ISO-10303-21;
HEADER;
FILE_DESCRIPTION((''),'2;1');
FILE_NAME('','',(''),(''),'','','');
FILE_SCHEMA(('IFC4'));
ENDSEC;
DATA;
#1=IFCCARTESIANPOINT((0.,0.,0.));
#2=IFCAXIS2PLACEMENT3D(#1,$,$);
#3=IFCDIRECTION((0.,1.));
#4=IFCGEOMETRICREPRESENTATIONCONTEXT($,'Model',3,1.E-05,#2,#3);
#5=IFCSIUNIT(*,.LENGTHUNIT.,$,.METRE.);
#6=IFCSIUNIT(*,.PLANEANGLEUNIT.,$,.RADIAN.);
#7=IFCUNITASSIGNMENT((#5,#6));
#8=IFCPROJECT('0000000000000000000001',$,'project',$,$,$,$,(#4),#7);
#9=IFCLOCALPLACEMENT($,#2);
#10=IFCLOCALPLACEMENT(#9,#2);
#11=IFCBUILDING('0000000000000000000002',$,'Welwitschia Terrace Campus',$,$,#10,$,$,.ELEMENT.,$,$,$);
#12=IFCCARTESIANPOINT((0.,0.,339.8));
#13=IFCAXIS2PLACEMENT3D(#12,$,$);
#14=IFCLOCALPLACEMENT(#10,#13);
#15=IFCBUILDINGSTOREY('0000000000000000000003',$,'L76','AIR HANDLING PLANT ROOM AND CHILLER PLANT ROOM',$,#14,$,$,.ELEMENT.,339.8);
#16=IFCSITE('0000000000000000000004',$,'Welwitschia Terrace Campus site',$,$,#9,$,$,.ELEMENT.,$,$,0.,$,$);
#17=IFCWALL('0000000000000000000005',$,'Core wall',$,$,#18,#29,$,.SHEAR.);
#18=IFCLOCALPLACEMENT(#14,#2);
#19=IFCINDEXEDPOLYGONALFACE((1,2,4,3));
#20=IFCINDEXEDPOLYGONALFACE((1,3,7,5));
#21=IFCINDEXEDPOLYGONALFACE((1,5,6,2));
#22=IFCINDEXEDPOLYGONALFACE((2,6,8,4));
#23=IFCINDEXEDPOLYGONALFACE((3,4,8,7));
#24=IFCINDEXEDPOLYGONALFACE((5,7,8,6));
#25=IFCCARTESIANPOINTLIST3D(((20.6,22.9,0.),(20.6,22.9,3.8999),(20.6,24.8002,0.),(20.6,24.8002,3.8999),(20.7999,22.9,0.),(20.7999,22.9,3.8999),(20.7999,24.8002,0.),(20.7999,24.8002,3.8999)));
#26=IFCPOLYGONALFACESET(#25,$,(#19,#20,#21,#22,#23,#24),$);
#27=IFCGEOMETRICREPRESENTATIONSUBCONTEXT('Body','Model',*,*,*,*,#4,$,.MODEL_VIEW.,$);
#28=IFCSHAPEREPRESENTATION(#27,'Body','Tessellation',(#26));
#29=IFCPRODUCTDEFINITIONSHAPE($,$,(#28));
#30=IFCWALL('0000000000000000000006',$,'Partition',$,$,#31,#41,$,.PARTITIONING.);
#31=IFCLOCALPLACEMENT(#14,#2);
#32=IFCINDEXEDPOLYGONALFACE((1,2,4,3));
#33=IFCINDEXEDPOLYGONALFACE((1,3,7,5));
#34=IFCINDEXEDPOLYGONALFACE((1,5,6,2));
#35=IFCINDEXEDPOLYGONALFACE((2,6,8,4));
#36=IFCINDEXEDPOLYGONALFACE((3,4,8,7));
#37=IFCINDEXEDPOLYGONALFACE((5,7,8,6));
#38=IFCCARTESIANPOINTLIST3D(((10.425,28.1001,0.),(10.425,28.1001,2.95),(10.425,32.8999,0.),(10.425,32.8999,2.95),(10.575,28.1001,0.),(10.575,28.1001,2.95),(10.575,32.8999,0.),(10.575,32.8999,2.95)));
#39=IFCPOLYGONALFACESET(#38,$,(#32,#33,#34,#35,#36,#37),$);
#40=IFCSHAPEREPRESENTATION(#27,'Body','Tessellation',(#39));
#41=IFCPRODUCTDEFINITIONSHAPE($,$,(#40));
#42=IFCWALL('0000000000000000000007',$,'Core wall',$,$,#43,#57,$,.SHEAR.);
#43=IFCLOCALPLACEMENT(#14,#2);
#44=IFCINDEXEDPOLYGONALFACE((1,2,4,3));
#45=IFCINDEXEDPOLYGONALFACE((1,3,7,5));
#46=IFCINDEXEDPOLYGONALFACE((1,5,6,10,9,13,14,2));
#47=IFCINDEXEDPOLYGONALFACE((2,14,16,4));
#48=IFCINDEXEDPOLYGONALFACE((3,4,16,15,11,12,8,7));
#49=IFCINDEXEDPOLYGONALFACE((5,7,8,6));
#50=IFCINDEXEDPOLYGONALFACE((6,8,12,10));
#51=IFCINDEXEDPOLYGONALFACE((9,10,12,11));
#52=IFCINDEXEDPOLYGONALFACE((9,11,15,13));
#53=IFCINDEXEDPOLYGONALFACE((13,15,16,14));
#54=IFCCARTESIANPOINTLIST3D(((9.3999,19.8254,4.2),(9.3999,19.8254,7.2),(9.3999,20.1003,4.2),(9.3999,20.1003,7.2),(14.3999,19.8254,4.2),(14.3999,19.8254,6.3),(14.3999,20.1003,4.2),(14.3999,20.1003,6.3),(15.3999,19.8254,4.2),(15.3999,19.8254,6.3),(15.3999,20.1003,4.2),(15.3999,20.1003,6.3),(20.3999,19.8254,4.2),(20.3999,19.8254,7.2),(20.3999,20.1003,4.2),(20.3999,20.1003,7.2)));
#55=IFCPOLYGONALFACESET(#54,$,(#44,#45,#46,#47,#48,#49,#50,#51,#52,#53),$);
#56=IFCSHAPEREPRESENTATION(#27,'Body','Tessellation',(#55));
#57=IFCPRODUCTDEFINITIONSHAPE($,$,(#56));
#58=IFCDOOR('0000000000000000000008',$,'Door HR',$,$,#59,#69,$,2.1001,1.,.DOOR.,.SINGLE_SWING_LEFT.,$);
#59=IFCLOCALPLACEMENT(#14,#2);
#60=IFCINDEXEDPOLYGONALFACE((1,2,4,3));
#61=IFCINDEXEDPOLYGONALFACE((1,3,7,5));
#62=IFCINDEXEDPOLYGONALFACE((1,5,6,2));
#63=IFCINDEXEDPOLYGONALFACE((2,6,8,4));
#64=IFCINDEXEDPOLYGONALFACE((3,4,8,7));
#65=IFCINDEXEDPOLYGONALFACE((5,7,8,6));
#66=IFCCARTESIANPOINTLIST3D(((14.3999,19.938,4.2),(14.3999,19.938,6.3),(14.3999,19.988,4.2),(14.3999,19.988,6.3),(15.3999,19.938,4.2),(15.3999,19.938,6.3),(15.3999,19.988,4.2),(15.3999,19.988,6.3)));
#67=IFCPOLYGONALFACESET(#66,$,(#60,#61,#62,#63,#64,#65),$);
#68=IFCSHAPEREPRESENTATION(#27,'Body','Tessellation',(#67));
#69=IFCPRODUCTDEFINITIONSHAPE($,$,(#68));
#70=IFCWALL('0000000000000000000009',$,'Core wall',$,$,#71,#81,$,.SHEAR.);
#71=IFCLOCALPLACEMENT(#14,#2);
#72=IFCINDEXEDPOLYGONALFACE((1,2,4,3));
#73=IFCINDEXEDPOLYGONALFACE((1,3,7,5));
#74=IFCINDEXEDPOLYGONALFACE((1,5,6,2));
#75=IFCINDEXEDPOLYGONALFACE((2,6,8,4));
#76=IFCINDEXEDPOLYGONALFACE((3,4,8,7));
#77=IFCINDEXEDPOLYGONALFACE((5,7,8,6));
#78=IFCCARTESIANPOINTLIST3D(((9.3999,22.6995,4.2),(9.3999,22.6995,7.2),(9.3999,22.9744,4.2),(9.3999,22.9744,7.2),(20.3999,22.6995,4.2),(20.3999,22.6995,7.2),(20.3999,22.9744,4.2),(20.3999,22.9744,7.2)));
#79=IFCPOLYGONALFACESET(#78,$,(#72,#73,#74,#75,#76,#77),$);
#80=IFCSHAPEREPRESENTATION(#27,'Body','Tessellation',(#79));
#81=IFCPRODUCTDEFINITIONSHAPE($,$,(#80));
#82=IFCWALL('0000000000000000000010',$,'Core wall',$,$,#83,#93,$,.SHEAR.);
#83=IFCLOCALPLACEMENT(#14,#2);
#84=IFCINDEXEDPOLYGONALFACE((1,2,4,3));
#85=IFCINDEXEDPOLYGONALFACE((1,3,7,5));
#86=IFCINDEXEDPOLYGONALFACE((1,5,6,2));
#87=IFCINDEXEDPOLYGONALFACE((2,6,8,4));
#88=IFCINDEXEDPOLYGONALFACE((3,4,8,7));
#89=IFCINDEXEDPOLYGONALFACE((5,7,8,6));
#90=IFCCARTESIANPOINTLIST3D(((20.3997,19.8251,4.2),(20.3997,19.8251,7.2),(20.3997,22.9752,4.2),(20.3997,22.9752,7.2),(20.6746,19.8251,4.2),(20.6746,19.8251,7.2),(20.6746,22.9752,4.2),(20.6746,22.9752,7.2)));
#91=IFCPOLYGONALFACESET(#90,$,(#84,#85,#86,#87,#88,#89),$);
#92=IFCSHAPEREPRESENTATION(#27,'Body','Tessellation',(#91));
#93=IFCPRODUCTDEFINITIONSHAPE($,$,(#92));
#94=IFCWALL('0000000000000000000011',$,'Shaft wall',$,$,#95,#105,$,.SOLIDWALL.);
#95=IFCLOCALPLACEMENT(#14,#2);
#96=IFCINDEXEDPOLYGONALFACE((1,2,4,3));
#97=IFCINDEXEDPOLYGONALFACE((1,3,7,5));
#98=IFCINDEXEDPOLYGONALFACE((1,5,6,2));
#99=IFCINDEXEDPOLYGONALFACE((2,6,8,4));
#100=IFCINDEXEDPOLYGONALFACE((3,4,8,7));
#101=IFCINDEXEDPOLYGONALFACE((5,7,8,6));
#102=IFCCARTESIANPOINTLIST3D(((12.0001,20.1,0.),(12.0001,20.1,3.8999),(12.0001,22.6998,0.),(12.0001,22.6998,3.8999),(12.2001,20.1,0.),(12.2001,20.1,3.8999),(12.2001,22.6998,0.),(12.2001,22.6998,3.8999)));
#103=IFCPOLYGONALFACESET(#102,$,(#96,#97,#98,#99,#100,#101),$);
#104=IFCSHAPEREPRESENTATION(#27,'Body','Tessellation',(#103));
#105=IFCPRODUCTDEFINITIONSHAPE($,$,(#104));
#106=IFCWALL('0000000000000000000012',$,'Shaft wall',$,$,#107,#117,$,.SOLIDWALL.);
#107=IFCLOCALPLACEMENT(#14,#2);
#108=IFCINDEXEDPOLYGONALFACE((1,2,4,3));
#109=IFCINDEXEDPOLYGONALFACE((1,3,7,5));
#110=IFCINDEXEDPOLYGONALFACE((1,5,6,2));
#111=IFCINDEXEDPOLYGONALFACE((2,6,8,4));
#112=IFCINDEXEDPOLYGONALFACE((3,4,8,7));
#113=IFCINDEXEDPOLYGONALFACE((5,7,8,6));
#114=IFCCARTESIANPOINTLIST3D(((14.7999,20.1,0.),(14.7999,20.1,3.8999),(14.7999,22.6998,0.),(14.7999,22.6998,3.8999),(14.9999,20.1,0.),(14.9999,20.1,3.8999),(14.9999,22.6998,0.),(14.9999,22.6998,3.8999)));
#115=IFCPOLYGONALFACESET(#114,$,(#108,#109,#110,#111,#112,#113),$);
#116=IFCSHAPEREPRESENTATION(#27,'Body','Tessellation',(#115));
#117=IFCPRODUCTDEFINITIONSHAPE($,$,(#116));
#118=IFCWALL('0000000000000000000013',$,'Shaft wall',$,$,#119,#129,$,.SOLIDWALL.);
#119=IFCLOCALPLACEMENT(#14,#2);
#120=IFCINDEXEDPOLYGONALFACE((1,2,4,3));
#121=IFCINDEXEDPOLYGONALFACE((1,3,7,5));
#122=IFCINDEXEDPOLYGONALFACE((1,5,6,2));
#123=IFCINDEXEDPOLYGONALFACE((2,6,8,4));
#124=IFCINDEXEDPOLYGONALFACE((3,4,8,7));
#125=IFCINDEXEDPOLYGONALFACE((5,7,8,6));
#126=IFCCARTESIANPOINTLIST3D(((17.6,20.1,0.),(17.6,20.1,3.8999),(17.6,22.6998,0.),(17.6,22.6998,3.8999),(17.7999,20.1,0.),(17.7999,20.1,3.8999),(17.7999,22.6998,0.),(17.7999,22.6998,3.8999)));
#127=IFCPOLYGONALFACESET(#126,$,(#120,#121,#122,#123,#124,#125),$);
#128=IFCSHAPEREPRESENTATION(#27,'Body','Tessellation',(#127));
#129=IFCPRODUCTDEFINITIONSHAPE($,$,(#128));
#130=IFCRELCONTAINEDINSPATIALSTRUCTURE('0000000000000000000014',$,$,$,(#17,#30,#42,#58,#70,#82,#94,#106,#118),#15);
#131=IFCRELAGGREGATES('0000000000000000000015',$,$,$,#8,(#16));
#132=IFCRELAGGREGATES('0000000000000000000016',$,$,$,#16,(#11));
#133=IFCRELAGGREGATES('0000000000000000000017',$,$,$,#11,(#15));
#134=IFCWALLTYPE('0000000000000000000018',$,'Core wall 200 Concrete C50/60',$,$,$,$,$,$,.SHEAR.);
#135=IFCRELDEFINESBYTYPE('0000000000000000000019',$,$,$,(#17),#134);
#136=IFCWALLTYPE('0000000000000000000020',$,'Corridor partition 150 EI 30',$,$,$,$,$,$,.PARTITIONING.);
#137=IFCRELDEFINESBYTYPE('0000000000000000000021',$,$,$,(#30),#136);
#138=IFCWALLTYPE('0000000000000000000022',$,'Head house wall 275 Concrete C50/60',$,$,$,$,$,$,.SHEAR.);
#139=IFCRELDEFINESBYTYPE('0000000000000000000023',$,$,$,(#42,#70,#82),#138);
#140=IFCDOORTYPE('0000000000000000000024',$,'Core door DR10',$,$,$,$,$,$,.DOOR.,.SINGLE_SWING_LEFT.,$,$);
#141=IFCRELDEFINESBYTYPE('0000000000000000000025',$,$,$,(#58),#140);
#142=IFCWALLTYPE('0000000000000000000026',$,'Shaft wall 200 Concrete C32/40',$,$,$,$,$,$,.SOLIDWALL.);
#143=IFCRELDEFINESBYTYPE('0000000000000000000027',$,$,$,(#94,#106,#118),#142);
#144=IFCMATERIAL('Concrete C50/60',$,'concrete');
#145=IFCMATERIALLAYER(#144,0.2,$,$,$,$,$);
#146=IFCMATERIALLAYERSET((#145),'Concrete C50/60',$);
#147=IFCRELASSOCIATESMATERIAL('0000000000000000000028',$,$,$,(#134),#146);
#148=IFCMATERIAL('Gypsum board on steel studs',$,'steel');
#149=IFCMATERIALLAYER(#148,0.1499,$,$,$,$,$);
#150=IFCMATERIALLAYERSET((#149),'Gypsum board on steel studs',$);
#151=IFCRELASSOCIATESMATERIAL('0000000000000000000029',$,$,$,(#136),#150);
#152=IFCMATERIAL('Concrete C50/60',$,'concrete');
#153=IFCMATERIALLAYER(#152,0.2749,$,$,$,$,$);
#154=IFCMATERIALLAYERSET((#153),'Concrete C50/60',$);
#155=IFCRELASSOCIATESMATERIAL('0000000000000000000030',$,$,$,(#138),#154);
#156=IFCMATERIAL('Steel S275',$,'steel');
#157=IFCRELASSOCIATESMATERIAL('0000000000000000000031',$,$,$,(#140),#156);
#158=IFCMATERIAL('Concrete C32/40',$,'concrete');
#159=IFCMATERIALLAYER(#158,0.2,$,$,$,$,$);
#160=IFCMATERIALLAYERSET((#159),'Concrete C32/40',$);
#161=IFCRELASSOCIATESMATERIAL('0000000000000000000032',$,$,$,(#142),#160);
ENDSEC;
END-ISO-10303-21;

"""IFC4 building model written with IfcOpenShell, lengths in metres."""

from ifc_helpers import new_model, si_unit, direction, frame, frame_2d, origin, place, context, subcontext, project, spatial, rectangle, extrude, material, layer, layer_set, type_object, element, fill, save


model = new_model("IFC4")

# Units and contexts
model_context = context("Model", 3, precision=1e-05, world=origin(), true_north=direction((0.0, 1.0)))
body_context = subcontext(model_context, "Body", "Model", "MODEL_VIEW")
ifc_project = project(units=[si_unit("LENGTHUNIT", "METRE"), si_unit("PLANEANGLEUNIT", "RADIAN")], contexts=[model_context])

# Site, building, storey
site_placement = place(None, origin())
site = spatial("IfcSite", under=ifc_project, at=site_placement, Name="Welwitschia Terrace Campus site", CompositionType="ELEMENT", RefElevation=0.0)
building_placement = place(site_placement, origin())
building = spatial("IfcBuilding", under=site, at=building_placement, Name="Welwitschia Terrace Campus", CompositionType="ELEMENT")
storey_placement = place(building_placement, frame((0.0, 0.0, 339.8)))
storey = spatial("IfcBuildingStorey", under=building, at=storey_placement, Name="L76", Description="AIR HANDLING PLANT ROOM AND CHILLER PLANT ROOM", CompositionType="ELEMENT", Elevation=339.8)

# Walls
ifc_material_1 = material(Name="Concrete C50/60", Category="concrete")
ifc_layer_1 = layer(ifc_material_1, 0.2)
ifc_layer_set_1 = layer_set([ifc_layer_1], Name="Concrete C50/60")
wall_type_1 = type_object("IfcWallType", Name="Core wall 200 Concrete C50/60", PredefinedType="SHEAR", material=ifc_layer_set_1)
for number, where, z_axis, x_axis, name in (
    (1, (20.7, 22.8999, 0.0), (0.0, 0.0, 1.0), (0.0, 1.0, 0.0), "Core wall"),
):
    element("IfcWall", number, at=place(storey_placement, frame(where, z_axis=z_axis, x_axis=x_axis)), inside=storey, type_object=wall_type_1, Name=name, PredefinedType="SHEAR", context=body_context, shape_type="SweptSolid", body=[
        extrude(rectangle(XDim=1.9001, YDim=0.2, at=frame_2d((0.9502, 0.0))), origin(), (0.0, 0.0, 1.0), 3.8999),
    ])
ifc_material_2 = material(Name="Gypsum board on steel studs", Category="steel")
ifc_layer_2 = layer(ifc_material_2, 0.1499)
ifc_layer_set_2 = layer_set([ifc_layer_2], Name="Gypsum board on steel studs")
wall_type_2 = type_object("IfcWallType", Name="Corridor partition 150 EI 30", PredefinedType="PARTITIONING", material=ifc_layer_set_2)
wall_1_placement = place(storey_placement, frame((10.5, 28.1001, 0.0), z_axis=(0.0, 0.0, 1.0), x_axis=(0.0, 1.0, 0.0)))
element("IfcWall", 2, at=wall_1_placement, inside=storey, type_object=wall_type_2, Name="Partition", PredefinedType="PARTITIONING", context=body_context, shape_type="SweptSolid", body=[
    extrude(rectangle(XDim=4.7998, YDim=0.1499, at=frame_2d((2.3999, 0.0))), origin(), (0.0, 0.0, 1.0), 2.95),
])

# Wall, opening, door
ifc_material_3 = material(Name="Concrete C50/60", Category="concrete")
ifc_layer_3 = layer(ifc_material_3, 0.2749)
ifc_layer_set_3 = layer_set([ifc_layer_3], Name="Concrete C50/60")
wall_type_3 = type_object("IfcWallType", Name="Head house wall 275 Concrete C50/60", PredefinedType="SHEAR", material=ifc_layer_set_3)
wall_2_placement = place(storey_placement, frame((20.3999, 19.9629, 4.2), z_axis=(0.0, 0.0, 1.0), x_axis=(-1.0, 0.0, 0.0)))
wall_2 = element("IfcWall", 3, at=wall_2_placement, inside=storey, type_object=wall_type_3, Name="Core wall", PredefinedType="SHEAR", context=body_context, shape_type="SweptSolid", body=[
    extrude(rectangle(XDim=11.0, YDim=0.2749, at=frame_2d((5.5, 0.0))), origin(), (0.0, 0.0, 1.0), 3.0),
])
opening_1_placement = place(wall_2_placement, frame((5.0, 0.0, 0.0)))
opening_1 = element("IfcOpeningElement", 4, at=opening_1_placement, cuts=wall_2, PredefinedType="OPENING", context=body_context, shape_type="SweptSolid", body=[
    extrude(rectangle(XDim=1.0, YDim=2.1001, at=frame_2d((0.5, 1.05))), frame((0.0, 0.1475, 0.0), z_axis=(0.0, -1.0, 0.0), x_axis=(1.0, 0.0, 0.0)), (0.0, 0.0, 1.0), 0.2949),
])
ifc_material_4 = material(Name="Steel S275", Category="steel")
door_type_1 = type_object("IfcDoorType", Name="Core door DR10", OperationType="SINGLE_SWING_LEFT", PredefinedType="DOOR", material=ifc_material_4)
door_1_placement = place(opening_1_placement, origin())
door_1 = element("IfcDoor", 5, at=door_1_placement, inside=storey, type_object=door_type_1, Name="Door HR", OperationType="SINGLE_SWING_LEFT", OverallHeight=2.1001, OverallWidth=1.0, PredefinedType="DOOR", context=body_context, shape_type="SweptSolid", body=[
    extrude(rectangle(XDim=1.0, YDim=2.1001, at=frame_2d((0.5, 1.05))), frame((0.0, 0.0249, 0.0), z_axis=(0.0, -1.0, 0.0), x_axis=(1.0, 0.0, 0.0)), (0.0, 0.0, 1.0), 0.05),
])
fill(opening_1, door_1)

# Walls
wall_3_placement = place(storey_placement, frame((9.3999, 22.8369, 4.2), z_axis=(0.0, 0.0, 1.0), x_axis=(1.0, 0.0, 0.0)))
element("IfcWall", 6, at=wall_3_placement, inside=storey, type_object=wall_type_3, Name="Core wall", PredefinedType="SHEAR", context=body_context, shape_type="SweptSolid", body=[
    extrude(rectangle(XDim=11.0, YDim=0.2749, at=frame_2d((5.5, 0.0))), origin(), (0.0, 0.0, 1.0), 3.0),
])
wall_4_placement = place(storey_placement, frame((20.5371, 19.825, 4.2), z_axis=(0.0, 0.0, 1.0), x_axis=(0.0, 1.0, 0.0)))
element("IfcWall", 7, at=wall_4_placement, inside=storey, type_object=wall_type_3, Name="Core wall", PredefinedType="SHEAR", context=body_context, shape_type="SweptSolid", body=[
    extrude(rectangle(XDim=3.1501, YDim=0.2749, at=frame_2d((1.5752, 0.0))), origin(), (0.0, 0.0, 1.0), 3.0),
])
ifc_material_5 = material(Name="Concrete C32/40", Category="concrete")
ifc_layer_4 = layer(ifc_material_5, 0.2)
ifc_layer_set_4 = layer_set([ifc_layer_4], Name="Concrete C32/40")
wall_type_4 = type_object("IfcWallType", Name="Shaft wall 200 Concrete C32/40", PredefinedType="SOLIDWALL", material=ifc_layer_set_4)
for number, where, z_axis, x_axis, name in (
    (8, (12.1001, 20.1001, 0.0), (0.0, 0.0, 1.0), (0.0, 1.0, 0.0), "Shaft wall"),
    (9, (14.8999, 20.1001, 0.0), (0.0, 0.0, 1.0), (0.0, 1.0, 0.0), "Shaft wall"),
    (10, (17.7, 20.1001, 0.0), (0.0, 0.0, 1.0), (0.0, 1.0, 0.0), "Shaft wall"),
):
    element("IfcWall", number, at=place(storey_placement, frame(where, z_axis=z_axis, x_axis=x_axis)), inside=storey, type_object=wall_type_4, Name=name, PredefinedType="SOLIDWALL", context=body_context, shape_type="SweptSolid", body=[
        extrude(rectangle(XDim=2.5999, YDim=0.2, at=frame_2d((1.2998, 0.0))), origin(), (0.0, 0.0, 1.0), 3.8999),
    ])

save(model, "model.ifc")
